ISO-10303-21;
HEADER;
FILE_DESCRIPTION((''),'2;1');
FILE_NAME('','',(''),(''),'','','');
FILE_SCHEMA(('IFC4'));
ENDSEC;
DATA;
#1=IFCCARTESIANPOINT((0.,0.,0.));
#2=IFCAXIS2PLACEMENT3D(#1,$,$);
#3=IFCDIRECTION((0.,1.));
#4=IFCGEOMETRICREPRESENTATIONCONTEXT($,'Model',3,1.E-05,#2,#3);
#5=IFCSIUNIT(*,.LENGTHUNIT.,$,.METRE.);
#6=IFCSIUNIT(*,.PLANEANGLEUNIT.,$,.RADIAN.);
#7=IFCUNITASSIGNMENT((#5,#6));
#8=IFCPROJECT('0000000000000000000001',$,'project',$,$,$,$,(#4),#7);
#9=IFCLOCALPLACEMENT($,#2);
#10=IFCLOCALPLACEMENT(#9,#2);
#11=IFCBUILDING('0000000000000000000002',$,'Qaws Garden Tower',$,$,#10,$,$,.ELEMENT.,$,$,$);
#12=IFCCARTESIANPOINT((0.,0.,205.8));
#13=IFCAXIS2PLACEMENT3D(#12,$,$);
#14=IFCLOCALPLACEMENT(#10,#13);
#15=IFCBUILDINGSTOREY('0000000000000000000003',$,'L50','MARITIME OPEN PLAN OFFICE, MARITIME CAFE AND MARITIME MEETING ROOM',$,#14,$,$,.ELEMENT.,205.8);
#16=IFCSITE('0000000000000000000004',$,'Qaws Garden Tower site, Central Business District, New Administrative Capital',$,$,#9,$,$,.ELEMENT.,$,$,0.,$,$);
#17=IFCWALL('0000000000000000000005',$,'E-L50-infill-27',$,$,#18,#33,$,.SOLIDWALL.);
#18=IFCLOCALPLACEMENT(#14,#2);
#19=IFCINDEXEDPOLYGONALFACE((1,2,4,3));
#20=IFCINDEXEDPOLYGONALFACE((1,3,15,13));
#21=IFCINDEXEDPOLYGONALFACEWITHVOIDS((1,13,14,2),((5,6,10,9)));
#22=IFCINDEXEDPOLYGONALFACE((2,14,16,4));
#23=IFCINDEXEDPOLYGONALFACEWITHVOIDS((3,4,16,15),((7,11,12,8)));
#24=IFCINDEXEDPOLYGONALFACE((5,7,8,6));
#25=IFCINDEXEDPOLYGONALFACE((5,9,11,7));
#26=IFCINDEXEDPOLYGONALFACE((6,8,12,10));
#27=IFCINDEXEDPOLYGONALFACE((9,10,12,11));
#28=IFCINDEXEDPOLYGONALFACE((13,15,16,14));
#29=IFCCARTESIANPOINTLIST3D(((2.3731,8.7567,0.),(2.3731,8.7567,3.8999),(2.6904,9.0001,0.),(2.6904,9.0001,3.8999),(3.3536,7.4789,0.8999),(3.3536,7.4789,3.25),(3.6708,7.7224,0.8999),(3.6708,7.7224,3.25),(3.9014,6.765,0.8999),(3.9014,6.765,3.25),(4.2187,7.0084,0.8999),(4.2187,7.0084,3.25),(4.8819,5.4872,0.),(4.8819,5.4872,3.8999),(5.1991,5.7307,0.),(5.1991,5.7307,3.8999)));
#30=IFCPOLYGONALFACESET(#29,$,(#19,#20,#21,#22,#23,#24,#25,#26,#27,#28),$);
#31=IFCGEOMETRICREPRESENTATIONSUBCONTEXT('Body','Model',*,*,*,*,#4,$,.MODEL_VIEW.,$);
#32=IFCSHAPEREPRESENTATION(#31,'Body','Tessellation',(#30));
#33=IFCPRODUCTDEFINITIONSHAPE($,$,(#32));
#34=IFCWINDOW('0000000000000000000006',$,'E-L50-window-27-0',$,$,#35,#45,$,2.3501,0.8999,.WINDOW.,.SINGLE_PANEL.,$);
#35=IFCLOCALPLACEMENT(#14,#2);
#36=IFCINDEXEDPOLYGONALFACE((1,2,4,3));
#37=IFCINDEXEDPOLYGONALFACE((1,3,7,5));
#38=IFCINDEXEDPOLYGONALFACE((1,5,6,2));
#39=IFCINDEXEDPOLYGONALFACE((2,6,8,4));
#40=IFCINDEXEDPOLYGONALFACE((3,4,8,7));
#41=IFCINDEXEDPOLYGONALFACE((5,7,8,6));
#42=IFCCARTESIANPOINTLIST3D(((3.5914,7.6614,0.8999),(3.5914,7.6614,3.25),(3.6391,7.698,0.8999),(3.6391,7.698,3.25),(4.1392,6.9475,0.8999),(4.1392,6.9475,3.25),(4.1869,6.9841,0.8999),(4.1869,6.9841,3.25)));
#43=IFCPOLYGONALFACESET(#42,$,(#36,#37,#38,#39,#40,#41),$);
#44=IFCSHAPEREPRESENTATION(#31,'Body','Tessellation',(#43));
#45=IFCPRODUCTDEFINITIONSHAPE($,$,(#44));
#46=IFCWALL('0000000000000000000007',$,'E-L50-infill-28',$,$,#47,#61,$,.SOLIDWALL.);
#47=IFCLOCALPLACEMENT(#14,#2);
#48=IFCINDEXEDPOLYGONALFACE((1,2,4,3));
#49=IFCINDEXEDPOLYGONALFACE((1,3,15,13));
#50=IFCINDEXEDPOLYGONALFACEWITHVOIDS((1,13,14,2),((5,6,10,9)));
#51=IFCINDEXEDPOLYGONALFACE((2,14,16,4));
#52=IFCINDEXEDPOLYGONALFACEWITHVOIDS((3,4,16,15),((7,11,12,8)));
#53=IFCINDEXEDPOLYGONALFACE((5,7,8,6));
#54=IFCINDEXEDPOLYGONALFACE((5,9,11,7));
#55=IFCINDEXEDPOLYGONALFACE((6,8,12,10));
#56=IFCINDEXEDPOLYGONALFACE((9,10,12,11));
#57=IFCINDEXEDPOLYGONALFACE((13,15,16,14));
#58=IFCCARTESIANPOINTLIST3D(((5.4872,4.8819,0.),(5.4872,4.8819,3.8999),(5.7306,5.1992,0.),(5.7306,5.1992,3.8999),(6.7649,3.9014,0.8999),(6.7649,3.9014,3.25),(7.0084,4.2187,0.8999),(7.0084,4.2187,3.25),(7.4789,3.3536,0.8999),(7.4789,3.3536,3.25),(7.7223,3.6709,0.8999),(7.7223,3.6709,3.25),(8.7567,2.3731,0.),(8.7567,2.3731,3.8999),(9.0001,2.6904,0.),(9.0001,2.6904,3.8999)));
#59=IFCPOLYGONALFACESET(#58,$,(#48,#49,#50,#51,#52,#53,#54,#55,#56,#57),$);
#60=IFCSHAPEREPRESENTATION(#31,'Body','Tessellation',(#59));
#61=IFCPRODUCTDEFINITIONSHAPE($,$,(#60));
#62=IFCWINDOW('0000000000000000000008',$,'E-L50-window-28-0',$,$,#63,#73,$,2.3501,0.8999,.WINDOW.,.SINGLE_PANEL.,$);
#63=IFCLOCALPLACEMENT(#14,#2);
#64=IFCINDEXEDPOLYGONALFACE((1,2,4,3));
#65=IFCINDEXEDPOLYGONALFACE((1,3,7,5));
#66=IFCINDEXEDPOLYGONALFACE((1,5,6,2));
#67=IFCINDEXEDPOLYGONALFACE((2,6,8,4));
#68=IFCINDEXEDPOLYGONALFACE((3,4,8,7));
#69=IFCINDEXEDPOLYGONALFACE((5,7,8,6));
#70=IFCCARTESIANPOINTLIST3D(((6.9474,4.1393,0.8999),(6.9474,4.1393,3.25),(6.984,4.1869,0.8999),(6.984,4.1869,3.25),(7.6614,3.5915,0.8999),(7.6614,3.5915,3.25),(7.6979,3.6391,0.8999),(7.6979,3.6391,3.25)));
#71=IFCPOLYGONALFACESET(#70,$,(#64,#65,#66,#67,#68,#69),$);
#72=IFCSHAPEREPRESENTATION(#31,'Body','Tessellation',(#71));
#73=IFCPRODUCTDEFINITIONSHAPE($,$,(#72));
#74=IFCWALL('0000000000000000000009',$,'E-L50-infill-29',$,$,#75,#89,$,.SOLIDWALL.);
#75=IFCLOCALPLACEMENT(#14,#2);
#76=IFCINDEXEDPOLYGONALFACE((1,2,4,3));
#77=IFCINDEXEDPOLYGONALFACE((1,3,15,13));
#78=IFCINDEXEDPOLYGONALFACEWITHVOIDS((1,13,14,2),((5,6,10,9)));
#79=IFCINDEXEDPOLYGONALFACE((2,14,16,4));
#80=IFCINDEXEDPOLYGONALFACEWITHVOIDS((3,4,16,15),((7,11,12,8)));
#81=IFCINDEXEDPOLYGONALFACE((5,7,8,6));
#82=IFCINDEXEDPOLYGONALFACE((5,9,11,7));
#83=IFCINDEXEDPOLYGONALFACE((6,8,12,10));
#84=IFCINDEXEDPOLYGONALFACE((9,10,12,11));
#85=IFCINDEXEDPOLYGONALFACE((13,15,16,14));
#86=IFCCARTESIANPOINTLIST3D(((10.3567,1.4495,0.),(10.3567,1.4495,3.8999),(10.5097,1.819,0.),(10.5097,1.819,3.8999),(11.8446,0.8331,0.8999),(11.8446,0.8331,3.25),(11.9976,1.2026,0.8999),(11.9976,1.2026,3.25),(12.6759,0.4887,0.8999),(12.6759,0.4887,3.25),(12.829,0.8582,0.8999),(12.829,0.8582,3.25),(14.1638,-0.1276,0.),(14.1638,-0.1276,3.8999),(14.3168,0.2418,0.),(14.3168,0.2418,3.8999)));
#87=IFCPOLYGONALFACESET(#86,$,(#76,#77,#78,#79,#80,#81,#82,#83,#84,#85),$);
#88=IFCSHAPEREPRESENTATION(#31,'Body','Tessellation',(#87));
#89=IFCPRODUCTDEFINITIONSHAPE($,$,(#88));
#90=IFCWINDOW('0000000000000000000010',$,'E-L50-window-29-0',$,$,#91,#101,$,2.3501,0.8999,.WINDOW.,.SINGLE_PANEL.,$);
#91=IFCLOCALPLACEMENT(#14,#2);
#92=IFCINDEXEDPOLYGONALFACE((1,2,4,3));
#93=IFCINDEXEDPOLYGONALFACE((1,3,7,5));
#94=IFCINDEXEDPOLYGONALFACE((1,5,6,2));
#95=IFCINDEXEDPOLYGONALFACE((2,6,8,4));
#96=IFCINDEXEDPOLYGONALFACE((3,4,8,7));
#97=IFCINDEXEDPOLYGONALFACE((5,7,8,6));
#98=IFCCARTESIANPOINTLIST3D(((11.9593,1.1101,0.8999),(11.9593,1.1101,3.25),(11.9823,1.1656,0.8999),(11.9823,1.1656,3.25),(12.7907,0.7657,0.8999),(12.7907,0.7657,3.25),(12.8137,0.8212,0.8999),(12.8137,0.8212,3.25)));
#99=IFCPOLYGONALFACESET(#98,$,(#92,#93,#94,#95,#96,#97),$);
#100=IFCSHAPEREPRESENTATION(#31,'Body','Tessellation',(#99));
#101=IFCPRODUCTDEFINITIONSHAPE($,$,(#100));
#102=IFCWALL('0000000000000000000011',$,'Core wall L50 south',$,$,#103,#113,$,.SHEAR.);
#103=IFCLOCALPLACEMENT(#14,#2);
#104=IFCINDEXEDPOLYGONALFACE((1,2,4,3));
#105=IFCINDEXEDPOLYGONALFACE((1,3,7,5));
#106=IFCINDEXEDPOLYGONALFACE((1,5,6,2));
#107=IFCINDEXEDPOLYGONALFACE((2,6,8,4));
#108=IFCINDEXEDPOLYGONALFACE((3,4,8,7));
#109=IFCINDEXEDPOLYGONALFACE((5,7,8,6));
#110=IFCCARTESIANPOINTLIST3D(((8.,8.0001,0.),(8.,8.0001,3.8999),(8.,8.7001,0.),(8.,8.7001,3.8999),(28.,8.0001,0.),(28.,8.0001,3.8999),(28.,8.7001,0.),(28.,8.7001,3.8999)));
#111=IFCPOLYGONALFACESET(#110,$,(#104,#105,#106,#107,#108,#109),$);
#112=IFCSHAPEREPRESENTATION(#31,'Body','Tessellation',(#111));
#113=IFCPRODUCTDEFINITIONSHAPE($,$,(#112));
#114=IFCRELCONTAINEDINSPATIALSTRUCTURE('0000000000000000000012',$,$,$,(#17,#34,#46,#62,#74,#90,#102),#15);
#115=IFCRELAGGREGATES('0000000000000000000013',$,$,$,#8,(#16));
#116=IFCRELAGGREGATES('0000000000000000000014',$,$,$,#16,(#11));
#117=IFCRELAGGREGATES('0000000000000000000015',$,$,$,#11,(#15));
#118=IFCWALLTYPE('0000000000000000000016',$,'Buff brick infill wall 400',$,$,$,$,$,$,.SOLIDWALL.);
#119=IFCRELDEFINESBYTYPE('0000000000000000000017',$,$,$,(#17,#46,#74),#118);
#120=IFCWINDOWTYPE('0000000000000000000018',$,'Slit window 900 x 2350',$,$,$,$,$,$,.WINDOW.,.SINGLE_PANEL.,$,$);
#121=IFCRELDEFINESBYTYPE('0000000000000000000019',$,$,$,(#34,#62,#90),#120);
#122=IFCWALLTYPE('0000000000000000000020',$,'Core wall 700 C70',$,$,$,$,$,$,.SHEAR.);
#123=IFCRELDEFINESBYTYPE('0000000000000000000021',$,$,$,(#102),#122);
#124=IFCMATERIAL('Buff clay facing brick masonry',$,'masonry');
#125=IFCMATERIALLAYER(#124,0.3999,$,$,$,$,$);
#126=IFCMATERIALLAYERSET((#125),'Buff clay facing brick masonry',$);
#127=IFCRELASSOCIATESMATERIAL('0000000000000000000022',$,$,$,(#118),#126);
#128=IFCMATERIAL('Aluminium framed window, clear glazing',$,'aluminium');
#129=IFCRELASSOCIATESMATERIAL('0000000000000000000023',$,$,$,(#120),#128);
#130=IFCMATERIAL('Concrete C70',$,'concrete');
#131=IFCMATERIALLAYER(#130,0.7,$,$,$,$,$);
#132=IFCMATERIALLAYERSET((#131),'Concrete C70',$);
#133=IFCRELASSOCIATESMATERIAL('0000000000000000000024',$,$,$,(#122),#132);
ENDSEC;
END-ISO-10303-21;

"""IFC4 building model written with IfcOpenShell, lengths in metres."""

from ifc_helpers import new_model, si_unit, direction, frame, frame_2d, origin, place, context, subcontext, project, spatial, rectangle, extrude, material, layer, layer_set, type_object, element, fill, save


model = new_model("IFC4")

# Units and contexts
model_context = context("Model", 3, precision=1e-05, world=origin(), true_north=direction((0.0, 1.0)))
body_context = subcontext(model_context, "Body", "Model", "MODEL_VIEW")
ifc_project = project(units=[si_unit("LENGTHUNIT", "METRE"), si_unit("PLANEANGLEUNIT", "RADIAN")], contexts=[model_context])

# Site, building, storey
site_placement = place(None, origin())
site = spatial("IfcSite", under=ifc_project, at=site_placement, Name="Qaws Garden Tower site, Central Business District, New Administrative Capital", CompositionType="ELEMENT", RefElevation=0.0)
building_placement = place(site_placement, origin())
building = spatial("IfcBuilding", under=site, at=building_placement, Name="Qaws Garden Tower", CompositionType="ELEMENT")
storey_placement = place(building_placement, frame((0.0, 0.0, 205.8)))
storey = spatial("IfcBuildingStorey", under=building, at=storey_placement, Name="L50", Description="MARITIME OPEN PLAN OFFICE, MARITIME CAFE AND MARITIME MEETING ROOM", CompositionType="ELEMENT", Elevation=205.8)

# Walls, openings, windows
ifc_material_1 = material(Name="Buff clay facing brick masonry", Category="masonry")
ifc_layer_1 = layer(ifc_material_1, 0.3999)
ifc_layer_set_1 = layer_set([ifc_layer_1], Name="Buff clay facing brick masonry")
wall_type_1 = type_object("IfcWallType", Name="Buff brick infill wall 400", PredefinedType="SOLIDWALL", material=ifc_layer_set_1)
wall_1_placement = place(storey_placement, frame((2.5317, 8.8784, 0.0), z_axis=(0.0, 0.0, 1.0), x_axis=(0.60876, -0.793355, 0.0)))
wall_1 = element("IfcWall", 1, at=wall_1_placement, inside=storey, type_object=wall_type_1, Name="E-L50-infill-27", PredefinedType="SOLIDWALL", context=body_context, shape_type="SweptSolid", body=[
    extrude(rectangle(XDim=4.1211, YDim=0.3999, at=frame_2d((2.0605, 0.0))), origin(), (0.0, 0.0, 1.0), 3.8999),
])
opening_1_placement = place(wall_1_placement, frame((1.6106, 0.0, 0.8999)))
opening_1 = element("IfcOpeningElement", 2, at=opening_1_placement, cuts=wall_1, PredefinedType="OPENING", context=body_context, shape_type="SweptSolid", body=[
    extrude(rectangle(XDim=0.8999, YDim=2.3501, at=frame_2d((0.45, 1.175))), frame((0.0, 0.21, 0.0), z_axis=(0.0, -1.0, 0.0), x_axis=(1.0, 0.0, 0.0)), (0.0, 0.0, 1.0), 0.4199),
])
ifc_material_2 = material(Name="Aluminium framed window, clear glazing", Category="aluminium")
window_type = type_object("IfcWindowType", Name="Slit window 900 x 2350", PartitioningType="SINGLE_PANEL", PredefinedType="WINDOW", material=ifc_material_2)
window_1_placement = place(opening_1_placement, origin())
window_1 = element("IfcWindow", 3, at=window_1_placement, inside=storey, type_object=window_type, Name="E-L50-window-27-0", OverallHeight=2.3501, OverallWidth=0.8999, PartitioningType="SINGLE_PANEL", PredefinedType="WINDOW", context=body_context, shape_type="SweptSolid", body=[
    extrude(rectangle(XDim=0.8999, YDim=2.3501, at=frame_2d((0.45, 1.175))), frame((0.0, 0.1599, 0.0), z_axis=(0.0, -1.0, 0.0), x_axis=(1.0, 0.0, 0.0)), (0.0, 0.0, 1.0), 0.0601),
])
fill(opening_1, window_1)
wall_2_placement = place(storey_placement, frame((5.6089, 5.0405, 0.0), z_axis=(0.0, 0.0, 1.0), x_axis=(0.793355, -0.60876, 0.0)))
wall_2 = element("IfcWall", 4, at=wall_2_placement, inside=storey, type_object=wall_type_1, Name="E-L50-infill-28", PredefinedType="SOLIDWALL", context=body_context, shape_type="SweptSolid", body=[
    extrude(rectangle(XDim=4.1211, YDim=0.3999, at=frame_2d((2.0605, 0.0))), origin(), (0.0, 0.0, 1.0), 3.8999),
])
opening_2_placement = place(wall_2_placement, frame((1.6106, 0.0, 0.8999)))
opening_2 = element("IfcOpeningElement", 5, at=opening_2_placement, cuts=wall_2, PredefinedType="OPENING", context=body_context, shape_type="SweptSolid", body=[
    extrude(rectangle(XDim=0.8999, YDim=2.3501, at=frame_2d((0.45, 1.175))), frame((0.0, 0.21, 0.0), z_axis=(0.0, -1.0, 0.0), x_axis=(1.0, 0.0, 0.0)), (0.0, 0.0, 1.0), 0.4199),
])
window_2_placement = place(opening_2_placement, origin())
window_2 = element("IfcWindow", 6, at=window_2_placement, inside=storey, type_object=window_type, Name="E-L50-window-28-0", OverallHeight=2.3501, OverallWidth=0.8999, PartitioningType="SINGLE_PANEL", PredefinedType="WINDOW", context=body_context, shape_type="SweptSolid", body=[
    extrude(rectangle(XDim=0.8999, YDim=2.3501, at=frame_2d((0.45, 1.175))), frame((0.0, 0.1599, 0.0), z_axis=(0.0, -1.0, 0.0), x_axis=(1.0, 0.0, 0.0)), (0.0, 0.0, 1.0), 0.0601),
])
fill(opening_2, window_2)
wall_3_placement = place(storey_placement, frame((10.4331, 1.6343, 0.0), z_axis=(0.0, 0.0, 1.0), x_axis=(0.923864, -0.382722, 0.0)))
wall_3 = element("IfcWall", 7, at=wall_3_placement, inside=storey, type_object=wall_type_1, Name="E-L50-infill-29", PredefinedType="SOLIDWALL", context=body_context, shape_type="SweptSolid", body=[
    extrude(rectangle(XDim=4.1208, YDim=0.3999, at=frame_2d((2.0605, 0.0))), origin(), (0.0, 0.0, 1.0), 3.8999),
])
opening_3_placement = place(wall_3_placement, frame((1.6106, 0.0, 0.8999)))
opening_3 = element("IfcOpeningElement", 8, at=opening_3_placement, cuts=wall_3, PredefinedType="OPENING", context=body_context, shape_type="SweptSolid", body=[
    extrude(rectangle(XDim=0.8999, YDim=2.3501, at=frame_2d((0.45, 1.175))), frame((0.0, 0.21, 0.0), z_axis=(0.0, -1.0, 0.0), x_axis=(1.0, 0.0, 0.0)), (0.0, 0.0, 1.0), 0.4199),
])
window_3_placement = place(opening_3_placement, origin())
window_3 = element("IfcWindow", 9, at=window_3_placement, inside=storey, type_object=window_type, Name="E-L50-window-29-0", OverallHeight=2.3501, OverallWidth=0.8999, PartitioningType="SINGLE_PANEL", PredefinedType="WINDOW", context=body_context, shape_type="SweptSolid", body=[
    extrude(rectangle(XDim=0.8999, YDim=2.3501, at=frame_2d((0.45, 1.175))), frame((0.0, 0.1599, 0.0), z_axis=(0.0, -1.0, 0.0), x_axis=(1.0, 0.0, 0.0)), (0.0, 0.0, 1.0), 0.0601),
])
fill(opening_3, window_3)

# Wall
ifc_material_3 = material(Name="Concrete C70", Category="concrete")
ifc_layer_2 = layer(ifc_material_3, 0.7)
ifc_layer_set_2 = layer_set([ifc_layer_2], Name="Concrete C70")
wall_type_2 = type_object("IfcWallType", Name="Core wall 700 C70", PredefinedType="SHEAR", material=ifc_layer_set_2)
wall_4_placement = place(storey_placement, frame((8.0, 8.3501, 0.0), z_axis=(0.0, 0.0, 1.0), x_axis=(1.0, 0.0, 0.0)))
element("IfcWall", 10, at=wall_4_placement, inside=storey, type_object=wall_type_2, Name="Core wall L50 south", PredefinedType="SHEAR", context=body_context, shape_type="SweptSolid", body=[
    extrude(rectangle(XDim=20.0, YDim=0.7, at=frame_2d((10.0, 0.0))), origin(), (0.0, 0.0, 1.0), 3.8999),
])

save(model, "model.ifc")
